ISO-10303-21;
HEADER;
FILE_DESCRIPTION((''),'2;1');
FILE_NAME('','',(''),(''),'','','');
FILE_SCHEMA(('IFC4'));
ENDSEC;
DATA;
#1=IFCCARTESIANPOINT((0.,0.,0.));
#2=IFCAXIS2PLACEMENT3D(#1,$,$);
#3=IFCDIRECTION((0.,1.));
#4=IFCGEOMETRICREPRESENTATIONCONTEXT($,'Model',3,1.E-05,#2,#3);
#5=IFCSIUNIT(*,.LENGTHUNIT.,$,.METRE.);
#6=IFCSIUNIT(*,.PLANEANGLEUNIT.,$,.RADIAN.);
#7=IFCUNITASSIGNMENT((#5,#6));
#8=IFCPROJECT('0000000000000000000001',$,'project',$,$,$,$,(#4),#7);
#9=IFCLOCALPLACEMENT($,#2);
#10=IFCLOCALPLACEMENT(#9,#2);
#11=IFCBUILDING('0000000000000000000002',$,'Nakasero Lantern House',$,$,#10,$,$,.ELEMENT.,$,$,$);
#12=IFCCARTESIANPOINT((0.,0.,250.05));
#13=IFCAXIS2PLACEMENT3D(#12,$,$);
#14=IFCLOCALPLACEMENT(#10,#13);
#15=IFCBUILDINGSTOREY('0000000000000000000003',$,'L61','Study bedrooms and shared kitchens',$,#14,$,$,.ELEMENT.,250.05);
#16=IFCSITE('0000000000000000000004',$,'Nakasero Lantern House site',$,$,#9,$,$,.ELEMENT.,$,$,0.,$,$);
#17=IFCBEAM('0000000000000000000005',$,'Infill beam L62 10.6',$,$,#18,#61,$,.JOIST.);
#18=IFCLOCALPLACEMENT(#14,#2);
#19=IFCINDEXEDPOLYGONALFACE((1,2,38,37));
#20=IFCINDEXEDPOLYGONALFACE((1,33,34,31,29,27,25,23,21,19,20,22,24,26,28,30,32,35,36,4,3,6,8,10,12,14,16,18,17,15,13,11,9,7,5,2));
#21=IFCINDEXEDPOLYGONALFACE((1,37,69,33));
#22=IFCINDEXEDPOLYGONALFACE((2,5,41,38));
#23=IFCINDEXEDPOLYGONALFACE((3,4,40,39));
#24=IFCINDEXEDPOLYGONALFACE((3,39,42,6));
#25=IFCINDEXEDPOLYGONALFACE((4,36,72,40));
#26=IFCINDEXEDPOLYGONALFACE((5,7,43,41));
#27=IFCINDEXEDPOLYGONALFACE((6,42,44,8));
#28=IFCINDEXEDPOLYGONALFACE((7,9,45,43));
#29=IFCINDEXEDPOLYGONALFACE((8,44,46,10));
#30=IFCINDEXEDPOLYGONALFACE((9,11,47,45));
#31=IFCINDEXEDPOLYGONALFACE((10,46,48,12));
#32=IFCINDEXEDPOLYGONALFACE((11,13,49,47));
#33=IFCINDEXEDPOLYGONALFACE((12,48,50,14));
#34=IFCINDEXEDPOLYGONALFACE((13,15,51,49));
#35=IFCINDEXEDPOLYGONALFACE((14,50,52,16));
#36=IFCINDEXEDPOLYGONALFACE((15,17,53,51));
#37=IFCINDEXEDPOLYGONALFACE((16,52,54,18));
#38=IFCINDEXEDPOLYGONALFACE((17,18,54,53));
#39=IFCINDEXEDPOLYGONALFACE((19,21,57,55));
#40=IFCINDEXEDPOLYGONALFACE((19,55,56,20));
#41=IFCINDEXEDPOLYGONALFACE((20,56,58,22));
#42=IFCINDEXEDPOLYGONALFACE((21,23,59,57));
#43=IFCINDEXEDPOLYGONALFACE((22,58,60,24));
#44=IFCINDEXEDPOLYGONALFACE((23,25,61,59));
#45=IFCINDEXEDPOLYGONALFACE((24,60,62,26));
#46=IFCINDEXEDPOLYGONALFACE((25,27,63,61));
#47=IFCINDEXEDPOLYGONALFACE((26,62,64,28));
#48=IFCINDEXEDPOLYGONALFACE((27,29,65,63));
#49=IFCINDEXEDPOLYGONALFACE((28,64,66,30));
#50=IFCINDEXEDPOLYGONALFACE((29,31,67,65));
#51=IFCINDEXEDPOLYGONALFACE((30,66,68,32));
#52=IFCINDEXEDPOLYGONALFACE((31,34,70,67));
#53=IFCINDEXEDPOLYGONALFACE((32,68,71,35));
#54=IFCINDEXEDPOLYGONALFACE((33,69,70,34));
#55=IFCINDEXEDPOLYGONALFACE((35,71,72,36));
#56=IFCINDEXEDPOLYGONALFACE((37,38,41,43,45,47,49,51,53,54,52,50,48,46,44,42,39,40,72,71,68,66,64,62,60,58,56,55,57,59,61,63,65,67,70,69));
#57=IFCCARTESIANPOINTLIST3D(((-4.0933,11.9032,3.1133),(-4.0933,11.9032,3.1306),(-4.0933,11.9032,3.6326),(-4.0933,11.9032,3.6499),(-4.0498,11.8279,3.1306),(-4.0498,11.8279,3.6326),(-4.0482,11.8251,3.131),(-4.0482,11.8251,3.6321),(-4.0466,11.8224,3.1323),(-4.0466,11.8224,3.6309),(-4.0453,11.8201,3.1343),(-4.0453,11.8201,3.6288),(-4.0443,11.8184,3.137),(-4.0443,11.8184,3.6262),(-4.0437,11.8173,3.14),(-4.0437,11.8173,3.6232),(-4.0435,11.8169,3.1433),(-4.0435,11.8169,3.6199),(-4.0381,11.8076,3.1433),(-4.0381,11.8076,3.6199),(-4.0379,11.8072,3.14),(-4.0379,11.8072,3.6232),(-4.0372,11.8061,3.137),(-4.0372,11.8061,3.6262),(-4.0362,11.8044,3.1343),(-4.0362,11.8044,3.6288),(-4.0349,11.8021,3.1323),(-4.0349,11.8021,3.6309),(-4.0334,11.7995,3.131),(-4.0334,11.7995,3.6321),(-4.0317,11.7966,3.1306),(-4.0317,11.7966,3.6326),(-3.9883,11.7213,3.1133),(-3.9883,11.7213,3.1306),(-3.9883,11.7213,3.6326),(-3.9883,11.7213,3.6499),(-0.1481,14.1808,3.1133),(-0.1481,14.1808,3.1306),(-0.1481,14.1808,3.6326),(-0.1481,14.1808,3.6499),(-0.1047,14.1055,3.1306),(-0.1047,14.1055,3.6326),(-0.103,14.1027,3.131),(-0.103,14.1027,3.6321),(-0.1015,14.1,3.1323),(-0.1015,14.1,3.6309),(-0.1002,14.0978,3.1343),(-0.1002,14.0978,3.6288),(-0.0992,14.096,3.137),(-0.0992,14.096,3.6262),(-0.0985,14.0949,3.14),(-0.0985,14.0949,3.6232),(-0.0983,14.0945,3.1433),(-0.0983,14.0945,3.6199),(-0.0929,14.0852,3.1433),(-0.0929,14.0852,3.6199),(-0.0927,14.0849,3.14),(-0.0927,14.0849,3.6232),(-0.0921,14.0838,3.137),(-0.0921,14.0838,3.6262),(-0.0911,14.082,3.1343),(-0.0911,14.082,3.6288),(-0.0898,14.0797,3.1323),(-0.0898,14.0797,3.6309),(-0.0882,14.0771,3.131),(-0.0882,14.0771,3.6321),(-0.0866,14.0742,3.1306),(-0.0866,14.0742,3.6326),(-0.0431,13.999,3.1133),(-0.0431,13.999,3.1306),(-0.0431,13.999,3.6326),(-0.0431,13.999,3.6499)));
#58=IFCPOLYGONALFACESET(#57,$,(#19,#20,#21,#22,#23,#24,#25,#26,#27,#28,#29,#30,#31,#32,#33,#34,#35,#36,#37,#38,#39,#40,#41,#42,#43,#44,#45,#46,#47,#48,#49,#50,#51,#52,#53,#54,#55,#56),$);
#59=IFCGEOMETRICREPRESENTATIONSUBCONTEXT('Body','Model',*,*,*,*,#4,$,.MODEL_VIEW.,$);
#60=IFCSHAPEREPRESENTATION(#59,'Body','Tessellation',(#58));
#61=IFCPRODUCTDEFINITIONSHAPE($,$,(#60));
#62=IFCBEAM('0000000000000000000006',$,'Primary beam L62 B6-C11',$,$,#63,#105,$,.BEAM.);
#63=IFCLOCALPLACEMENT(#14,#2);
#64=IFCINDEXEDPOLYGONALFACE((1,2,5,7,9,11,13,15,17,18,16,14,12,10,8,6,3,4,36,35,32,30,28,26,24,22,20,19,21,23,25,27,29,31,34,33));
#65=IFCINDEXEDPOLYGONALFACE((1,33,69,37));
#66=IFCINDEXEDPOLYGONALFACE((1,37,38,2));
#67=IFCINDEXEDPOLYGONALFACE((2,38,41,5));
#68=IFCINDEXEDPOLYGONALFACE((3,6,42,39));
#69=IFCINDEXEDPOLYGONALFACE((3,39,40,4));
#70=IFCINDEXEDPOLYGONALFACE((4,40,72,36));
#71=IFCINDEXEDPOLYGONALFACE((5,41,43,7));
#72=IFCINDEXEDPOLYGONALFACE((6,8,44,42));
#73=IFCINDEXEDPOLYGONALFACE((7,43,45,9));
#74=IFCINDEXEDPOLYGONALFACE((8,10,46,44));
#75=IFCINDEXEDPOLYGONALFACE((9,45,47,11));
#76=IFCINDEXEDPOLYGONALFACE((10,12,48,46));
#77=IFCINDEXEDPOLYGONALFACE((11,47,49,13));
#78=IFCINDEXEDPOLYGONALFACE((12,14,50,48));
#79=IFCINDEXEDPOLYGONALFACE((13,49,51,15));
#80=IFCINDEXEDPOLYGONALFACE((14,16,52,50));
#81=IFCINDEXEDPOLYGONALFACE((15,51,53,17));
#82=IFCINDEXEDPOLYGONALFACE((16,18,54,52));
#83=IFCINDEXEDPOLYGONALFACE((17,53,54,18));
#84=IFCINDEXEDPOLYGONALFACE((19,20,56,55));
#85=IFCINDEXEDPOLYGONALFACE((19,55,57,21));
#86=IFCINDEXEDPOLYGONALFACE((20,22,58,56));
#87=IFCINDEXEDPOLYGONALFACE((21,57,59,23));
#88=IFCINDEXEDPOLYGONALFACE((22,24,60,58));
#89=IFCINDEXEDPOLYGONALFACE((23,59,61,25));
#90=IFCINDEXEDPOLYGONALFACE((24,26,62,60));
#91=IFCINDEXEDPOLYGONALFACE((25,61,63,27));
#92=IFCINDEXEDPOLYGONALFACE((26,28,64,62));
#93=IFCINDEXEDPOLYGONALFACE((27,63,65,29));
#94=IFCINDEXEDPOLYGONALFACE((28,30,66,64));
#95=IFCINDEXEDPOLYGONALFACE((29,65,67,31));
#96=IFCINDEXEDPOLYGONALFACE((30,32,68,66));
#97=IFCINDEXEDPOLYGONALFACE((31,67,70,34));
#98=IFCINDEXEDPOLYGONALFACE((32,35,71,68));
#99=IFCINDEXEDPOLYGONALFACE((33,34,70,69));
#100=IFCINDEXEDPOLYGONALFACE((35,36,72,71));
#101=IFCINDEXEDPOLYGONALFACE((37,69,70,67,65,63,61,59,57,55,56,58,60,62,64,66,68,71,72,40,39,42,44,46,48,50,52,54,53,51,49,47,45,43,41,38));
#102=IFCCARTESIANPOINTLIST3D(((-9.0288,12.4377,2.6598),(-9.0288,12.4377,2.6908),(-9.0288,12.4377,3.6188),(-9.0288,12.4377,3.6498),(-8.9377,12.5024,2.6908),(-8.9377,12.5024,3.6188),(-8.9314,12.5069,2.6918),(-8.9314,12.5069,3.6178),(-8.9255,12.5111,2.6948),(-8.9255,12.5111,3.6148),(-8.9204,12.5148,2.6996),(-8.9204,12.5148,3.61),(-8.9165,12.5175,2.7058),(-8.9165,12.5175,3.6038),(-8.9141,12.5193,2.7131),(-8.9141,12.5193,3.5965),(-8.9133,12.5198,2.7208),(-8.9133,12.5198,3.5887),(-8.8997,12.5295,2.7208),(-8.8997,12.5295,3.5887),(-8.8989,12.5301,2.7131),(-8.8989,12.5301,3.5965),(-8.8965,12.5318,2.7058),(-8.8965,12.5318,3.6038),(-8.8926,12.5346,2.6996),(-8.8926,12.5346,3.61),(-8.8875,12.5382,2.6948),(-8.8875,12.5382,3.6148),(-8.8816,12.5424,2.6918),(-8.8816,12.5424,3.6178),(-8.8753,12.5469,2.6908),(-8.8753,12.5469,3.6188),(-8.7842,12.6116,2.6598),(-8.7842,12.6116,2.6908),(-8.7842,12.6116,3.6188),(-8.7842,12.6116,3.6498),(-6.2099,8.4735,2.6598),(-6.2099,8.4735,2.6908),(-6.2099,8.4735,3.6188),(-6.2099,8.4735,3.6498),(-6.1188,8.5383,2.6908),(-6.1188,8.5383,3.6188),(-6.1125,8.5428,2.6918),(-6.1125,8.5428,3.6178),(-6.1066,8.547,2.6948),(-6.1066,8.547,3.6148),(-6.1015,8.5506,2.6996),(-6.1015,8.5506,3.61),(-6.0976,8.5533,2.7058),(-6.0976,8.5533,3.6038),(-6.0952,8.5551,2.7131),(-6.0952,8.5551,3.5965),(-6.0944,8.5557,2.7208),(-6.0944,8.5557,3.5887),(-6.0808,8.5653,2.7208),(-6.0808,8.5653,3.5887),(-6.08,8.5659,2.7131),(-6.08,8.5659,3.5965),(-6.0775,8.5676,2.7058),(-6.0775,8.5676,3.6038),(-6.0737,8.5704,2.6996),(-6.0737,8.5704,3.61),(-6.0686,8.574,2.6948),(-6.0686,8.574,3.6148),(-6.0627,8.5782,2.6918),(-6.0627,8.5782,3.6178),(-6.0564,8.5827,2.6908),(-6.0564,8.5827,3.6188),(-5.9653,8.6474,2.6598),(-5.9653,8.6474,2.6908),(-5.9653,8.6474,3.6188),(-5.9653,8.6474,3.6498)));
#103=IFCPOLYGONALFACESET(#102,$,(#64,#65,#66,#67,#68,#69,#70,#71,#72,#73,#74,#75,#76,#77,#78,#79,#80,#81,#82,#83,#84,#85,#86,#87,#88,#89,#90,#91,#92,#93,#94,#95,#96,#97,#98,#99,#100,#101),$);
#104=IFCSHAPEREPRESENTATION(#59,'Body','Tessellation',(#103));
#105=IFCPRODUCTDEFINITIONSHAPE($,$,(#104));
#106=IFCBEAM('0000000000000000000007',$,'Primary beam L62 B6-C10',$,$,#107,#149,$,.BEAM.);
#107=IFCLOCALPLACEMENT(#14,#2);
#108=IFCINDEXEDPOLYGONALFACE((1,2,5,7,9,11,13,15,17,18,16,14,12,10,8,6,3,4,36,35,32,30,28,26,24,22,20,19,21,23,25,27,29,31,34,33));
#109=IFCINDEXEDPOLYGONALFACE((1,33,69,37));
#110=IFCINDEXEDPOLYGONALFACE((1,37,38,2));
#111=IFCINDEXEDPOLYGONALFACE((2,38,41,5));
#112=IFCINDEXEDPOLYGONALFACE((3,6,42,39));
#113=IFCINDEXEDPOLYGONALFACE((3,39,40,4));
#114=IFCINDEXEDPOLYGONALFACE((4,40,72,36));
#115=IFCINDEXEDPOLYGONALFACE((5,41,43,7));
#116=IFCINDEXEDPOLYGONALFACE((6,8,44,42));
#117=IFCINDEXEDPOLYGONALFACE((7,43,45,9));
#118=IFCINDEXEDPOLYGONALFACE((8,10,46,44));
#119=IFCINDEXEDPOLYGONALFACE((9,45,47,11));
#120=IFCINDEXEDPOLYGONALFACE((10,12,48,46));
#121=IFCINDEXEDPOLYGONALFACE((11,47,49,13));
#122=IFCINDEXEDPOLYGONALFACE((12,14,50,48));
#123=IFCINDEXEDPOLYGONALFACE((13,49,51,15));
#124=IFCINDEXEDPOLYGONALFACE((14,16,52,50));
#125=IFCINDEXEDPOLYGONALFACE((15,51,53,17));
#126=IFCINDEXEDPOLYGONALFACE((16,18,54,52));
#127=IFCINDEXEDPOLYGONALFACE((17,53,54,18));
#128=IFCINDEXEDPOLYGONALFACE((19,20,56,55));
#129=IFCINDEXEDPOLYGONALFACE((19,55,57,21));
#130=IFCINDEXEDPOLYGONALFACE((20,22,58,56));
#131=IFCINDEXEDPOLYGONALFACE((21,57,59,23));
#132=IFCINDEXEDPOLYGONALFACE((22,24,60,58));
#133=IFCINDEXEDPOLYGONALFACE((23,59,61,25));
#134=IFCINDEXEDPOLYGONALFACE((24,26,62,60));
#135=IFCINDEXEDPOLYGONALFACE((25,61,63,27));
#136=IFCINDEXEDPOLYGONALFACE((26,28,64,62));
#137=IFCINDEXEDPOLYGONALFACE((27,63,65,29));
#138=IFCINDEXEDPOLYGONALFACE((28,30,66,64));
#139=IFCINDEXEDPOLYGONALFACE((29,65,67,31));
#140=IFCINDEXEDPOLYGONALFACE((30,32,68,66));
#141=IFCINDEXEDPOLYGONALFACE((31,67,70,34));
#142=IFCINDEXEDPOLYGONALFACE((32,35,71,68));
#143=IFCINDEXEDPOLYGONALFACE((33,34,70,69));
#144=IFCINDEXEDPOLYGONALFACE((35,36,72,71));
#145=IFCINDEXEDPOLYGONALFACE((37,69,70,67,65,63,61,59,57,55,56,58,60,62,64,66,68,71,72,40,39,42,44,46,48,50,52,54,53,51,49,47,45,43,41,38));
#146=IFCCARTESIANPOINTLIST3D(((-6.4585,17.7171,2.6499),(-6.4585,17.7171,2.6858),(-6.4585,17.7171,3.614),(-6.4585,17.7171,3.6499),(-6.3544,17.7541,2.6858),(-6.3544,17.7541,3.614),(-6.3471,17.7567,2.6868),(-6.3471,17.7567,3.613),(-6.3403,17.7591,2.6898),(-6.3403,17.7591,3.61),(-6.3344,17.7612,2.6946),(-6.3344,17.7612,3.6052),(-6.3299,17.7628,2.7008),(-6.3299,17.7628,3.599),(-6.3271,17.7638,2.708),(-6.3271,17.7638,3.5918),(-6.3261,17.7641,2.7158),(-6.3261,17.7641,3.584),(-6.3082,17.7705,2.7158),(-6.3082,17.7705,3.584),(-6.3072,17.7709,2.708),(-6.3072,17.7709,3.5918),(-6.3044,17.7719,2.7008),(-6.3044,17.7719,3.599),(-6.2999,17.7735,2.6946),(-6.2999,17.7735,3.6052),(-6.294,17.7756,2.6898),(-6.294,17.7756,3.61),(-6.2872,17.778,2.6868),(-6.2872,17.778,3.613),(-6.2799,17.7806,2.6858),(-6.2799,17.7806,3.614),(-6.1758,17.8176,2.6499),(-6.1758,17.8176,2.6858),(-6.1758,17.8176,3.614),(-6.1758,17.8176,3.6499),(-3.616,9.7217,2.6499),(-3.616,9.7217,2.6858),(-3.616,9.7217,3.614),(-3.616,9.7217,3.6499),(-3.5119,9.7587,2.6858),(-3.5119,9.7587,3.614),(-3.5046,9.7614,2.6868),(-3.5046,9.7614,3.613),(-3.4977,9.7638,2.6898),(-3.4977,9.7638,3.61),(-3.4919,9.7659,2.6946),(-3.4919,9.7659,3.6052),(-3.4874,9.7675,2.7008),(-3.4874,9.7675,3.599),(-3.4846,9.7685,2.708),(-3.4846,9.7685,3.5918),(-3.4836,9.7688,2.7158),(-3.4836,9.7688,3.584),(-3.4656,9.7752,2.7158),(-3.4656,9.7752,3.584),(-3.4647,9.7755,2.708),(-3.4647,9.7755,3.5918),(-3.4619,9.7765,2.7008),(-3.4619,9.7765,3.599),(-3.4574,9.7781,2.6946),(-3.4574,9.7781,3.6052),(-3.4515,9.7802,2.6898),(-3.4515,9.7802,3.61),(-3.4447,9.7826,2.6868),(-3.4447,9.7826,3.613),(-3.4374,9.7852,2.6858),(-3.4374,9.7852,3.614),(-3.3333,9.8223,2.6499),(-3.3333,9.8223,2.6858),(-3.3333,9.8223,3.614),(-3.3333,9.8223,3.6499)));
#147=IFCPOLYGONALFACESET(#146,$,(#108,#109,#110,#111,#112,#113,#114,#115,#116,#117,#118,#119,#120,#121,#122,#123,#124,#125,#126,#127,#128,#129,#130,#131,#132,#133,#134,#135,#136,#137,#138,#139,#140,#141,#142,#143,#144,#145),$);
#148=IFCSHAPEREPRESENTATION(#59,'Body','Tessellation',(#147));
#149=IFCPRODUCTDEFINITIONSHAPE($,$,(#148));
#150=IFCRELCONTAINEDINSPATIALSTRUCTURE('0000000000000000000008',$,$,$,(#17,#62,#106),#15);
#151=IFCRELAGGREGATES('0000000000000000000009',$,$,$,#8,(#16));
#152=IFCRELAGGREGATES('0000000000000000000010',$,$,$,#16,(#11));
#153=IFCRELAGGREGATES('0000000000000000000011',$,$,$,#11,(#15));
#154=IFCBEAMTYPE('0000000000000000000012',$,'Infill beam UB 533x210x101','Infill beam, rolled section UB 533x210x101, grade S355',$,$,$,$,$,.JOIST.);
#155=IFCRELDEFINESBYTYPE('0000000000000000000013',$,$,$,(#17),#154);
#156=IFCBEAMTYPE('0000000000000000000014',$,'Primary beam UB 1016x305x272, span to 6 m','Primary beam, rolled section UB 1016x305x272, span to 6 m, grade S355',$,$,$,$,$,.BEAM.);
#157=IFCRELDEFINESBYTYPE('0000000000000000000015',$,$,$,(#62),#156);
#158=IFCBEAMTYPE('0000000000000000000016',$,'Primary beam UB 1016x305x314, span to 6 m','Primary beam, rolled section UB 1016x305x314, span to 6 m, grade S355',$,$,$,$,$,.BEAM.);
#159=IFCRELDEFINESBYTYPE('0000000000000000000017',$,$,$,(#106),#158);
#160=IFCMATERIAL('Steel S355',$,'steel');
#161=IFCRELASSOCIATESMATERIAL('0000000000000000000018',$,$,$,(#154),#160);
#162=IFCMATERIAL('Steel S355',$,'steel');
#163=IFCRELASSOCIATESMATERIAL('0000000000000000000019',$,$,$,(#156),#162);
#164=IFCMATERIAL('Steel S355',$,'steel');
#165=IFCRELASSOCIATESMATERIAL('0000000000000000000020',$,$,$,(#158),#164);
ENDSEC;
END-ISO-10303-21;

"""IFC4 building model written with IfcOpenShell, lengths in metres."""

from ifc_helpers import new_model, si_unit, direction, frame, origin, origin_2d, place, context, subcontext, project, spatial, i_section, extrude, material, material_profile, profile_set, type_object, element, save


model = new_model("IFC4")

# Units and contexts
model_context = context("Model", 3, precision=1e-05, world=origin(), true_north=direction((0.0, 1.0)))
body_context = subcontext(model_context, "Body", "Model", "MODEL_VIEW")
ifc_project = project(units=[si_unit("LENGTHUNIT", "METRE"), si_unit("PLANEANGLEUNIT", "RADIAN")], contexts=[model_context])

# Site, building, storey
site_placement = place(None, origin())
site = spatial("IfcSite", under=ifc_project, at=site_placement, Name="Nakasero Lantern House site", CompositionType="ELEMENT", RefElevation=0.0)
building_placement = place(site_placement, origin())
building = spatial("IfcBuilding", under=site, at=building_placement, Name="Nakasero Lantern House", CompositionType="ELEMENT")
storey_placement = place(building_placement, frame((0.0, 0.0, 250.05)))
storey = spatial("IfcBuildingStorey", under=building, at=storey_placement, Name="L61", Description="Study bedrooms and shared kitchens", CompositionType="ELEMENT", Elevation=250.05)

# Beams
ifc_material_1 = material(Name="Steel S355", Category="steel")
ifc_material_profile_1 = material_profile(ifc_material_1, i_section(OverallWidth=0.21, OverallDepth=0.5366, WebThickness=0.0107, FlangeThickness=0.0173, FilletRadius=0.0127, at=origin_2d()), Name="UB 533x210x101")
ifc_profile_set_1 = profile_set([ifc_material_profile_1], Name="Steel S355")
beam_type_1 = type_object("IfcBeamType", Name="Infill beam UB 533x210x101", Description="Infill beam, rolled section UB 533x210x101, grade S355", PredefinedType="JOIST", material=ifc_profile_set_1)
beam_1_placement = place(storey_placement, frame((-4.0408, 11.8123, 3.3816), z_axis=(0.866035, 0.499984, 0.0), x_axis=(-0.499984, 0.866035, 0.0)))
element("IfcBeam", 1, at=beam_1_placement, inside=storey, type_object=beam_type_1, Name="Infill beam L62 10.6", PredefinedType="JOIST", context=body_context, shape_type="SweptSolid", body=[
    extrude(i_section(OverallWidth=0.21, OverallDepth=0.5366, WebThickness=0.0107, FlangeThickness=0.0173, FilletRadius=0.0127, at=origin_2d()), origin(), (0.0, 0.0, 1.0), 4.5554),
])
ifc_material_2 = material(Name="Steel S355", Category="steel")
ifc_material_profile_2 = material_profile(ifc_material_2, i_section(OverallWidth=0.3, OverallDepth=0.99, WebThickness=0.0166, FlangeThickness=0.031, FilletRadius=0.03, at=origin_2d()), Name="UB 1016x305x272")
ifc_profile_set_2 = profile_set([ifc_material_profile_2], Name="Steel S355")
beam_type_2 = type_object("IfcBeamType", Name="Primary beam UB 1016x305x272, span to 6 m", Description="Primary beam, rolled section UB 1016x305x272, span to 6 m, grade S355", PredefinedType="BEAM", material=ifc_profile_set_2)
beam_2_placement = place(storey_placement, frame((-8.9065, 12.5247, 3.1548), z_axis=(0.579513, -0.814963, 0.0), x_axis=(0.814963, 0.579513, 0.0)))
element("IfcBeam", 2, at=beam_2_placement, inside=storey, type_object=beam_type_2, Name="Primary beam L62 B6-C11", PredefinedType="BEAM", context=body_context, shape_type="SweptSolid", body=[
    extrude(i_section(OverallWidth=0.3, OverallDepth=0.99, WebThickness=0.0166, FlangeThickness=0.031, FilletRadius=0.03, at=origin_2d()), origin(), (0.0, 0.0, 1.0), 4.8643),
])
ifc_material_3 = material(Name="Steel S355", Category="steel")
ifc_material_profile_3 = material_profile(ifc_material_3, i_section(OverallWidth=0.3, OverallDepth=1.0, WebThickness=0.019, FlangeThickness=0.0359, FilletRadius=0.03, at=origin_2d()), Name="UB 1016x305x314")
ifc_profile_set_3 = profile_set([ifc_material_profile_3], Name="Steel S355")
beam_type_3 = type_object("IfcBeamType", Name="Primary beam UB 1016x305x314, span to 6 m", Description="Primary beam, rolled section UB 1016x305x314, span to 6 m, grade S355", PredefinedType="BEAM", material=ifc_profile_set_3)
beam_3_placement = place(storey_placement, frame((-6.3171, 17.7673, 3.1499), z_axis=(0.334982, -0.942225, 0.0), x_axis=(0.942225, 0.334982, 0.0)))
element("IfcBeam", 3, at=beam_3_placement, inside=storey, type_object=beam_type_3, Name="Primary beam L62 B6-C10", PredefinedType="BEAM", context=body_context, shape_type="SweptSolid", body=[
    extrude(i_section(OverallWidth=0.3, OverallDepth=1.0, WebThickness=0.019, FlangeThickness=0.0359, FilletRadius=0.03, at=origin_2d()), origin(), (0.0, 0.0, 1.0), 8.4856),
])

save(model, "model.ifc")
